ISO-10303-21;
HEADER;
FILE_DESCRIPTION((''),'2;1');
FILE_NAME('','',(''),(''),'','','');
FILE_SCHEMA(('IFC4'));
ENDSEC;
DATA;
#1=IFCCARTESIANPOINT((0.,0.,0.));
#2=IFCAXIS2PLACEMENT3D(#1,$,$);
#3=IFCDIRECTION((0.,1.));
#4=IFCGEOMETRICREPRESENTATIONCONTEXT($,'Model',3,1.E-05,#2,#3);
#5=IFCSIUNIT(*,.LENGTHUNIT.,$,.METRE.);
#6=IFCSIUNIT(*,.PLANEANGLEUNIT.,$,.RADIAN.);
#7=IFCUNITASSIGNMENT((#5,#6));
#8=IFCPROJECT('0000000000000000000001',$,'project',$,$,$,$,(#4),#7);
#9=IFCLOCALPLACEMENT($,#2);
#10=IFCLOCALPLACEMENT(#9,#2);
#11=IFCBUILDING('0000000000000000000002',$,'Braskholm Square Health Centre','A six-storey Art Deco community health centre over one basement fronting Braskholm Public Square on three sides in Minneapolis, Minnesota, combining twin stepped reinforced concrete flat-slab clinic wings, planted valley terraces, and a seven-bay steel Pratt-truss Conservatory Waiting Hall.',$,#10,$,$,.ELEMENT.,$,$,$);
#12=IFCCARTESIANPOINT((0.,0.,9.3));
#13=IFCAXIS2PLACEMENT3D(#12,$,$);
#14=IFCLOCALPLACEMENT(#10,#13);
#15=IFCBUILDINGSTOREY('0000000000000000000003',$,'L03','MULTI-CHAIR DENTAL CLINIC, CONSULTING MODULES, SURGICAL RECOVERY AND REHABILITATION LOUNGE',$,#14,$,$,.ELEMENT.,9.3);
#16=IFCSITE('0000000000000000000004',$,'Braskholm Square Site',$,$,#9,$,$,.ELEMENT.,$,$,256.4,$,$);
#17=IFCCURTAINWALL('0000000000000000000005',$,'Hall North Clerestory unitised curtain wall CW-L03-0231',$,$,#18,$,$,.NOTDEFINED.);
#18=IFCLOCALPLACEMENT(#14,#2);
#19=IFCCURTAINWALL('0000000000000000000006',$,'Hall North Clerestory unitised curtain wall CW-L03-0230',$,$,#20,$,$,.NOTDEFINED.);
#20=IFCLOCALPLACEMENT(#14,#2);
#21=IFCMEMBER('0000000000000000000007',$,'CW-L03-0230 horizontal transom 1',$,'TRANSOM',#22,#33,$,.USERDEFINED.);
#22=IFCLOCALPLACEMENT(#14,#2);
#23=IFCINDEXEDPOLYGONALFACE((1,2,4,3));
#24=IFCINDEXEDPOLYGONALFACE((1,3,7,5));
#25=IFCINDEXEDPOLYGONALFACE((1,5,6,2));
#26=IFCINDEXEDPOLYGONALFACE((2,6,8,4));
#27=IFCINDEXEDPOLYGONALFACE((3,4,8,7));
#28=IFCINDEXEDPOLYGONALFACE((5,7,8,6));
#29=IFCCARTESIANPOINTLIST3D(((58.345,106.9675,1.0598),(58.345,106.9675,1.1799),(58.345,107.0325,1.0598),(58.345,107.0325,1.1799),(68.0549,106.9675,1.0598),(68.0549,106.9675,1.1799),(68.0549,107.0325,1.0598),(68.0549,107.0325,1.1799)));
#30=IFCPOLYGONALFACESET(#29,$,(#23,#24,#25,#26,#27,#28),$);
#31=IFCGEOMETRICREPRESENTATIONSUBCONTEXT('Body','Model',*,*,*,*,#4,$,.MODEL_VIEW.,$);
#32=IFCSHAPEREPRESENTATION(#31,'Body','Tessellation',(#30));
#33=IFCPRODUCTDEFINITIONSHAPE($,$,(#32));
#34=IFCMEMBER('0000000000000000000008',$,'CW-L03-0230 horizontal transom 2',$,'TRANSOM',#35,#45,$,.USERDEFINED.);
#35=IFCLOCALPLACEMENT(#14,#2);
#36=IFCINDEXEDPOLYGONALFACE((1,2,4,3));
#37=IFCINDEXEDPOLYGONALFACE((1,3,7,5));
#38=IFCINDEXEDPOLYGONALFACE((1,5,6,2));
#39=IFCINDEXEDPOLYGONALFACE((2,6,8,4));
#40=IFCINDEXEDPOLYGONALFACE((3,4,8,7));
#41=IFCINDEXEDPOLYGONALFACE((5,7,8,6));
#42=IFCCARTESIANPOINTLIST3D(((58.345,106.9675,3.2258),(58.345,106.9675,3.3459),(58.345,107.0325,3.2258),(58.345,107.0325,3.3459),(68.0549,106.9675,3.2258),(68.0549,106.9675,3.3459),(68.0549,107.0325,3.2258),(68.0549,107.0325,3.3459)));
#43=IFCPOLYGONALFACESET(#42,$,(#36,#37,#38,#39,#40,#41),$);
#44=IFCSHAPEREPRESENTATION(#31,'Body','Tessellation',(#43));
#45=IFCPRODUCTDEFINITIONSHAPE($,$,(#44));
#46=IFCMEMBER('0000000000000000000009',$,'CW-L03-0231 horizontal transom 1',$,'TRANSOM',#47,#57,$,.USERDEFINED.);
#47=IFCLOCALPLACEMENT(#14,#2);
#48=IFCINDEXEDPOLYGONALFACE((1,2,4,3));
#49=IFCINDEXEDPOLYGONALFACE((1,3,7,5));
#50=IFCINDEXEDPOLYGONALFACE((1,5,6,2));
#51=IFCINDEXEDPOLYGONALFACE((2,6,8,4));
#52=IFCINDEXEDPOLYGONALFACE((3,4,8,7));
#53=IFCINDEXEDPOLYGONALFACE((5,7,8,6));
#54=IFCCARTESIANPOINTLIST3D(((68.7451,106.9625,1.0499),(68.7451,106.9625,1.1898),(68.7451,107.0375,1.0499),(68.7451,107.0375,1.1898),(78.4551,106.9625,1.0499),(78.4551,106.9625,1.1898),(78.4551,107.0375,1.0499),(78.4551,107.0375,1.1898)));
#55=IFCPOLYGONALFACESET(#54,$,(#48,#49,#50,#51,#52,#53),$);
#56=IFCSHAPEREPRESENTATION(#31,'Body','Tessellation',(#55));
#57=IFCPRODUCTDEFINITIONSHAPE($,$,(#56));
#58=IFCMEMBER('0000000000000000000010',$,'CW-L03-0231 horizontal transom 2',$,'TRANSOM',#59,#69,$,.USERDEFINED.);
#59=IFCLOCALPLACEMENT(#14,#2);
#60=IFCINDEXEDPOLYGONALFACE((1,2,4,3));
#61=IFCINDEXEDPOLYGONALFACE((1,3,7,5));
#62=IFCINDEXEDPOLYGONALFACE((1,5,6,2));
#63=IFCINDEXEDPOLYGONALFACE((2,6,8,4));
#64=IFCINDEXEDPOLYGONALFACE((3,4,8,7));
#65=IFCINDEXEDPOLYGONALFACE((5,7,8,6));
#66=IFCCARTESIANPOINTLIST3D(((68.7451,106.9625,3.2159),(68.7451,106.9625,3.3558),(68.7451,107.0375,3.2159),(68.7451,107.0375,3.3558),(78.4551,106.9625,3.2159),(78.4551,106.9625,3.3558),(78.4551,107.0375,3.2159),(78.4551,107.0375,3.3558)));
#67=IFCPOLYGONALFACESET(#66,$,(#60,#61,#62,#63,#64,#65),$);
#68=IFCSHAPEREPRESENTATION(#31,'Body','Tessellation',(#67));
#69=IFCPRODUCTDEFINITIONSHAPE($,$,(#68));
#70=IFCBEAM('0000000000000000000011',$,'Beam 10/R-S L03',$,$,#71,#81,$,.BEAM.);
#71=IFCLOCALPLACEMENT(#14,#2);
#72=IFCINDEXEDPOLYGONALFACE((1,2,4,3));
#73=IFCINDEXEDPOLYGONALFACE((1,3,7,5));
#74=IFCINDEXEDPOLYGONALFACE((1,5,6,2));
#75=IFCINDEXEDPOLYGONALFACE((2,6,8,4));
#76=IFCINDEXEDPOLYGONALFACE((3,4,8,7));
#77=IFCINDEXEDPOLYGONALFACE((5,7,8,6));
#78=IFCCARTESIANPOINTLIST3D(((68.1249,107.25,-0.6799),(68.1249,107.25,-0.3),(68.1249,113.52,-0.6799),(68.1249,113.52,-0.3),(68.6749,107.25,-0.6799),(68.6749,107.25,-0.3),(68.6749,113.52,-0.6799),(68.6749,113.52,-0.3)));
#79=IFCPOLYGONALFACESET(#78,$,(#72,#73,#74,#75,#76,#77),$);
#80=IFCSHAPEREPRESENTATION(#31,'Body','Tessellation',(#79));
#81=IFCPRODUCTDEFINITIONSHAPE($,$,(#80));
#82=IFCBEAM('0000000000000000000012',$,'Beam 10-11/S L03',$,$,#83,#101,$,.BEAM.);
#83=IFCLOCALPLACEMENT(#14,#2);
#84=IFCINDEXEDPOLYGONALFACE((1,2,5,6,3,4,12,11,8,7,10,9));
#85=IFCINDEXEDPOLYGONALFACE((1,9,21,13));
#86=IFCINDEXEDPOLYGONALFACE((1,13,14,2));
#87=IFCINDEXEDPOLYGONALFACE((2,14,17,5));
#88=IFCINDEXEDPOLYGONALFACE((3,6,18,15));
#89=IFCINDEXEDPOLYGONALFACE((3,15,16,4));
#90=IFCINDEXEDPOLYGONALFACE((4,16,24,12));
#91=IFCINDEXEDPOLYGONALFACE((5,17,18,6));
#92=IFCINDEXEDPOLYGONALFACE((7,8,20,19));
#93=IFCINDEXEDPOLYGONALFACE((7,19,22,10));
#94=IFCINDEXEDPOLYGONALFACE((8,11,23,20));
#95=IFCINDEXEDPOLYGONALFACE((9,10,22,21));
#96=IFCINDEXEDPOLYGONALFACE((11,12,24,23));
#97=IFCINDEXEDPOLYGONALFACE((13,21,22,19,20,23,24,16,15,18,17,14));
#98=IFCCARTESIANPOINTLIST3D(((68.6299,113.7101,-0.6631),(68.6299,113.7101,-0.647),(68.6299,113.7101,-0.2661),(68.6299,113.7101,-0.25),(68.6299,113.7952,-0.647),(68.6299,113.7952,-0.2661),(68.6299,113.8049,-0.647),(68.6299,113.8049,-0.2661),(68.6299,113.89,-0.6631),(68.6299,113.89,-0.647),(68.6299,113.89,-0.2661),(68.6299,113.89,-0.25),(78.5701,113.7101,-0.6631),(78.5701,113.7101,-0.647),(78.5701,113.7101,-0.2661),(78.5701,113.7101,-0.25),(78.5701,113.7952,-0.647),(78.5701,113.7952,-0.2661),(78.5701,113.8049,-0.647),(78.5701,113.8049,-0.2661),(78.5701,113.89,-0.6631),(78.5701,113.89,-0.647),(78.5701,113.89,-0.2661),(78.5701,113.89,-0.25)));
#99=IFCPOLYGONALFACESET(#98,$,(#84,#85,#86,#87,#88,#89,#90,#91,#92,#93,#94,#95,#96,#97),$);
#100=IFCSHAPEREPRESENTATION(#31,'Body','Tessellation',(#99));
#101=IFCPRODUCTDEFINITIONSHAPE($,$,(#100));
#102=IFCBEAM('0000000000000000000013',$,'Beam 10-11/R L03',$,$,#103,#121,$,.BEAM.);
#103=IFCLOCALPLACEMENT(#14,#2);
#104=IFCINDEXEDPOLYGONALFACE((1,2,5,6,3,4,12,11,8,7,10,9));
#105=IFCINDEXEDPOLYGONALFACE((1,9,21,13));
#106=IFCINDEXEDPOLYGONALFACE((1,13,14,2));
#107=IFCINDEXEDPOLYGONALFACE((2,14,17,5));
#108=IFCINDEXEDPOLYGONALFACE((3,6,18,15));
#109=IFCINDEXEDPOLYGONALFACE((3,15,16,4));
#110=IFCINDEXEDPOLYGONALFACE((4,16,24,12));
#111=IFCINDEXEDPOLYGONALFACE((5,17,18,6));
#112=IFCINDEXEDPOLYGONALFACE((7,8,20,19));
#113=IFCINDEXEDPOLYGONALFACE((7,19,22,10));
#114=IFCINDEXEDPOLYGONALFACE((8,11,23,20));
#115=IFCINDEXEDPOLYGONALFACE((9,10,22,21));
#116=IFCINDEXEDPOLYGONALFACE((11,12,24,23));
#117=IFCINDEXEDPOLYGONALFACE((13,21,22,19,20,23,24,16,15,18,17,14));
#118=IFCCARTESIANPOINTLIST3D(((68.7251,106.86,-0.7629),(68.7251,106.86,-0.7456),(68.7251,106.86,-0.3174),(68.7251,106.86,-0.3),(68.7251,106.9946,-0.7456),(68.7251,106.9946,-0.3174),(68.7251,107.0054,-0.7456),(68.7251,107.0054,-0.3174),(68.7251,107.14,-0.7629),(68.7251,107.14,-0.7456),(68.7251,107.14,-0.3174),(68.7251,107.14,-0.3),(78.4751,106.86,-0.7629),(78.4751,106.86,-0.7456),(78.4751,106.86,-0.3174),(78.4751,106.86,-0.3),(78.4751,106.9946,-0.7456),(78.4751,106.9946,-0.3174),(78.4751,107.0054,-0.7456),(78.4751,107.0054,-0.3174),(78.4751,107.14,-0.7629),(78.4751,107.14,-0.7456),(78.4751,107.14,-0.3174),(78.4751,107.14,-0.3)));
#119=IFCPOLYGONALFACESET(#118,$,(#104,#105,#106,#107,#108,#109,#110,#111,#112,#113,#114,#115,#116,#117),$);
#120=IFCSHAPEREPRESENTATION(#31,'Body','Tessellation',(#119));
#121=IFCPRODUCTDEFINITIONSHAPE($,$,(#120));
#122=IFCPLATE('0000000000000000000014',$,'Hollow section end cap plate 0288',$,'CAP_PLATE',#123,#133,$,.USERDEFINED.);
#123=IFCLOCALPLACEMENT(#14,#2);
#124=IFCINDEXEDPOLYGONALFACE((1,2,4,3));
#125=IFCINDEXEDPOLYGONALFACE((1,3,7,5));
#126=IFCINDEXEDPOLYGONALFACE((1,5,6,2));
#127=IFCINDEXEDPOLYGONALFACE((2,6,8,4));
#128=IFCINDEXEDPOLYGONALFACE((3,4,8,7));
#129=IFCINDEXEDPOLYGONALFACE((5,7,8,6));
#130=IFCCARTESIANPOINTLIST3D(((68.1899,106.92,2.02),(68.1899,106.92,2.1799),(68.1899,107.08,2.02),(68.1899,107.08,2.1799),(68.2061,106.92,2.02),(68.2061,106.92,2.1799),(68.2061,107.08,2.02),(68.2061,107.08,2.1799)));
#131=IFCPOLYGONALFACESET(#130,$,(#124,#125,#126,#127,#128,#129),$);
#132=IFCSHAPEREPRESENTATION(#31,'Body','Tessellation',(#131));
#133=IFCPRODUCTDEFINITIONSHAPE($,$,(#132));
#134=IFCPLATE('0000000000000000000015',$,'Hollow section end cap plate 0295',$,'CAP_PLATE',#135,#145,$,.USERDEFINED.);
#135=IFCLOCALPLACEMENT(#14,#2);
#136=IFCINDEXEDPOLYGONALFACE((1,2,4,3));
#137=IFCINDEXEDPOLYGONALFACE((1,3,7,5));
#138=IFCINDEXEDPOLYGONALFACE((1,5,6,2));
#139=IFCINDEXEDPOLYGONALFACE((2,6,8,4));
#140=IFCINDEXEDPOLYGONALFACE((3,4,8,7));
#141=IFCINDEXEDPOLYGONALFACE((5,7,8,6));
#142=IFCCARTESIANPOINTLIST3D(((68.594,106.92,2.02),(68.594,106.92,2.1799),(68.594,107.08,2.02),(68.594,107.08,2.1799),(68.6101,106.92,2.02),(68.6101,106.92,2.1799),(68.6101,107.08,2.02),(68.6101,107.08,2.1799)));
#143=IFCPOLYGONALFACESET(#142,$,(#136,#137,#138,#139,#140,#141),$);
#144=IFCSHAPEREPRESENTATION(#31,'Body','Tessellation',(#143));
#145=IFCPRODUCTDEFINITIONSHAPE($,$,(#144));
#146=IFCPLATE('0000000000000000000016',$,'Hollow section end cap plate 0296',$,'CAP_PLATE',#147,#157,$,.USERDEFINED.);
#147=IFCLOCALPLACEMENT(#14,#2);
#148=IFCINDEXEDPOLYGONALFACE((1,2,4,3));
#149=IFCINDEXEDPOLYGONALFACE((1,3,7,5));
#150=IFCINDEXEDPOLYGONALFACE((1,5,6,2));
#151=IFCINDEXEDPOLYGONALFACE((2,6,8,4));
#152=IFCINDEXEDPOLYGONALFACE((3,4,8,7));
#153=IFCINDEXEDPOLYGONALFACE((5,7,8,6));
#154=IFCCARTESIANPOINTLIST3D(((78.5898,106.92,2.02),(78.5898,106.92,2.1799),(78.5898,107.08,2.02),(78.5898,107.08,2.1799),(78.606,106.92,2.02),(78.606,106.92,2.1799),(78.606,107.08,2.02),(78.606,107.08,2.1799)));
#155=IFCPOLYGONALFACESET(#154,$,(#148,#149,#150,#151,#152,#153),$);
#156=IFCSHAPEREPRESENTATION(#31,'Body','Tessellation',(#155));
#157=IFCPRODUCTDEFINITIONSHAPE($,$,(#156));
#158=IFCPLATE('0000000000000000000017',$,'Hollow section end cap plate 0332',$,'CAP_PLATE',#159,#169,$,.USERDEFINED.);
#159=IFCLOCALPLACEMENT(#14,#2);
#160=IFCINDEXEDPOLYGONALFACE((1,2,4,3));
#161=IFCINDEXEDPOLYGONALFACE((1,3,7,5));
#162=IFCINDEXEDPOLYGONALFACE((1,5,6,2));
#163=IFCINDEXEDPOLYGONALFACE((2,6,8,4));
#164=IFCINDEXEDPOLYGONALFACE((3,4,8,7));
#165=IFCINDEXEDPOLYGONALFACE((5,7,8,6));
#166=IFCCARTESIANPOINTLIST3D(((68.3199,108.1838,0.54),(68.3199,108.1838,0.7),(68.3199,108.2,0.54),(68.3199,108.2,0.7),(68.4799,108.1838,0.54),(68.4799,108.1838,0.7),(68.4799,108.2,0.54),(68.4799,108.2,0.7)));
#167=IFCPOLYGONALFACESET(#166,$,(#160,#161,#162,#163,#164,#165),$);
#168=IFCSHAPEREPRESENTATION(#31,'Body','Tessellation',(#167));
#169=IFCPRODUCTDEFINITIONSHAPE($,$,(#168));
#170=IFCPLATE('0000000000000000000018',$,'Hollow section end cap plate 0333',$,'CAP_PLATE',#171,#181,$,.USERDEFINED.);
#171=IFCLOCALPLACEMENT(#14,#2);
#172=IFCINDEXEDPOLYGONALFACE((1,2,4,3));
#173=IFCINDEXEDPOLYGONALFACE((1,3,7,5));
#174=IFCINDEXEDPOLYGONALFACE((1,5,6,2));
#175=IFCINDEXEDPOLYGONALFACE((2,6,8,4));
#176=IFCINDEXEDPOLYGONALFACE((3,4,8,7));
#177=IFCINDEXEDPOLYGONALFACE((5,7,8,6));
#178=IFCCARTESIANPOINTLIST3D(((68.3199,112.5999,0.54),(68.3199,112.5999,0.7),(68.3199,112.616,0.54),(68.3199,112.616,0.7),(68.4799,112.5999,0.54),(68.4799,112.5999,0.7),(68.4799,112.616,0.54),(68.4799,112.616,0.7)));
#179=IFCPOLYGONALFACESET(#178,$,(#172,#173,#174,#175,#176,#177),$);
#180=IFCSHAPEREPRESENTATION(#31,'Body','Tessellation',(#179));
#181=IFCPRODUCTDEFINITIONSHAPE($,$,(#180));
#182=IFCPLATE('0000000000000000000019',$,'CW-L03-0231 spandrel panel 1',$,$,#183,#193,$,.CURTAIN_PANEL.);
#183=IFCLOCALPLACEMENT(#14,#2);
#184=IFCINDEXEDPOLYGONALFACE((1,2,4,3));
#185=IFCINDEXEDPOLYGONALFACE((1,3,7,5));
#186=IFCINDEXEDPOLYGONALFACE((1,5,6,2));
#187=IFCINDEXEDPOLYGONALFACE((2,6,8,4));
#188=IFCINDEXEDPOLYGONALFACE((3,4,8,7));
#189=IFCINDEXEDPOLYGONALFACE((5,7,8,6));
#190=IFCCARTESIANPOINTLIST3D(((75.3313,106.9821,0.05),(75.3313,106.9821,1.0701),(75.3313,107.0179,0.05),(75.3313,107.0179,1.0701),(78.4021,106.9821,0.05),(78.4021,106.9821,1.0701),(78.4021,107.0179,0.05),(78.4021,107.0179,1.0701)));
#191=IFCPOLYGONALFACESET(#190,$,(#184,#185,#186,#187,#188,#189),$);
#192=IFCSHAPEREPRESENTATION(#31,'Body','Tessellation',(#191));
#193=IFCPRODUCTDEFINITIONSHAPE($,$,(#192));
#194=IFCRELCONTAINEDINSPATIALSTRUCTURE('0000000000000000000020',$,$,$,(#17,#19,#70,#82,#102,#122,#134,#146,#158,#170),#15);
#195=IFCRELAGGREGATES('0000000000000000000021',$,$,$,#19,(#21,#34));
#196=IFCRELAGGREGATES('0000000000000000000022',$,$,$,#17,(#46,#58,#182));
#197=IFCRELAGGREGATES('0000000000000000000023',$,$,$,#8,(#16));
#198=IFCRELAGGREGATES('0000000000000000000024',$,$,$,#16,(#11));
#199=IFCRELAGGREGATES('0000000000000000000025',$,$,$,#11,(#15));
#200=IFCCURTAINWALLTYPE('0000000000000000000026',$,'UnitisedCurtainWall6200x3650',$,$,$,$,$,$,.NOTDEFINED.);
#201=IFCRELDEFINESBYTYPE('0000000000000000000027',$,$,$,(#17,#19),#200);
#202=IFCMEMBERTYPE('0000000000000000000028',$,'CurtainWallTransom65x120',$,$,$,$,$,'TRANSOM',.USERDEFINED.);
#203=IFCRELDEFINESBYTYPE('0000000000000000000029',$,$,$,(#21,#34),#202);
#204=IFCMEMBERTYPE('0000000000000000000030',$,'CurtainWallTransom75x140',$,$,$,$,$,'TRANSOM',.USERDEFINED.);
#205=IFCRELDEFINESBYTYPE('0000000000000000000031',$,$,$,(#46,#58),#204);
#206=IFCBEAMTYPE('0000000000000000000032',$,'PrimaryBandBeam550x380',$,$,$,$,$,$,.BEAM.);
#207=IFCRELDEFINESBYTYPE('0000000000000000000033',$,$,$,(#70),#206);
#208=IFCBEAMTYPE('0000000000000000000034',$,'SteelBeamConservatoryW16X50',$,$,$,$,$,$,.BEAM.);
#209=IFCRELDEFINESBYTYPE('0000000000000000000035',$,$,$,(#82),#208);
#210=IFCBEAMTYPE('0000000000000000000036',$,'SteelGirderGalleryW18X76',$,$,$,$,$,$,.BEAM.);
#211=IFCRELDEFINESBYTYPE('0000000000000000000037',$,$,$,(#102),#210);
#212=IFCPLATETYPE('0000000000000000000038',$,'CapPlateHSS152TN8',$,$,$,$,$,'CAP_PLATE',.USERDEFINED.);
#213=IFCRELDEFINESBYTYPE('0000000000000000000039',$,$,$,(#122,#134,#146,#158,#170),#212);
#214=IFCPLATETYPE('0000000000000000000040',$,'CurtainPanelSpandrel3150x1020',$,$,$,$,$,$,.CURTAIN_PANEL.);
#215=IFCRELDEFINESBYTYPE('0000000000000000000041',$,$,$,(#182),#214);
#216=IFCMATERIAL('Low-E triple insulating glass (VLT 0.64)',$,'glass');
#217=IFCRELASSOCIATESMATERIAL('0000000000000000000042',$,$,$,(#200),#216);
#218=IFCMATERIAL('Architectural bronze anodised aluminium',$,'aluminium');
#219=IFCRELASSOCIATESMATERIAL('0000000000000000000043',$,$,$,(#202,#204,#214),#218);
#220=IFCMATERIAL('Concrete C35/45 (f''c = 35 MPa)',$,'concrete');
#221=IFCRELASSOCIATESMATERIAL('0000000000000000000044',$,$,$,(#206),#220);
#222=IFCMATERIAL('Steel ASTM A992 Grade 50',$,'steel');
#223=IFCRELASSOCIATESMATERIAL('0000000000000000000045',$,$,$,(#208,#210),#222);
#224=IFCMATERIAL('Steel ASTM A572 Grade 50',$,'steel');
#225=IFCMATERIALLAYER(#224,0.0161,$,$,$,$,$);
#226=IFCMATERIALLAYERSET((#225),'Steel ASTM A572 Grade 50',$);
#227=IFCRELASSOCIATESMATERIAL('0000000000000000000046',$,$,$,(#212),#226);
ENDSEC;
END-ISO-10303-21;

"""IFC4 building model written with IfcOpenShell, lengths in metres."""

from ifc_helpers import new_model, si_unit, direction, frame, origin, origin_2d, place, context, subcontext, project, spatial, rectangle, i_section, extrude, material, layer, layer_set, material_profile, profile_set, type_object, element, aggregate, save


model = new_model("IFC4")

# Units and contexts
model_context = context("Model", 3, precision=1e-05, world=origin(), true_north=direction((0.0, 1.0)))
body_context = subcontext(model_context, "Body", "Model", "MODEL_VIEW")
ifc_project = project(units=[si_unit("LENGTHUNIT", "METRE"), si_unit("PLANEANGLEUNIT", "RADIAN")], contexts=[model_context])

# Site, building, storey
site_placement = place(None, origin())
site = spatial("IfcSite", under=ifc_project, at=site_placement, Name="Braskholm Square Site", CompositionType="ELEMENT", RefElevation=256.4)
building_placement = place(site_placement, origin())
building = spatial("IfcBuilding", under=site, at=building_placement, Name="Braskholm Square Health Centre", Description="A six-storey Art Deco community health centre over one basement fronting Braskholm Public Square on three sides in Minneapolis, Minnesota, combining twin stepped reinforced concrete flat-slab clinic wings, planted valley terraces, and a seven-bay steel Pratt-truss Conservatory Waiting Hall.", CompositionType="ELEMENT")
storey_placement = place(building_placement, frame((0.0, 0.0, 9.3)))
storey = spatial("IfcBuildingStorey", under=building, at=storey_placement, Name="L03", Description="MULTI-CHAIR DENTAL CLINIC, CONSULTING MODULES, SURGICAL RECOVERY AND REHABILITATION LOUNGE", CompositionType="ELEMENT", Elevation=9.3)

# Curtain walls, members
ifc_material_1 = material(Name="Low-E triple insulating glass (VLT 0.64)", Category="glass")
curtain_wall_type = type_object("IfcCurtainWallType", Name="UnitisedCurtainWall6200x3650", PredefinedType="NOTDEFINED", material=ifc_material_1)
curtain_wall_1_placement = place(storey_placement, origin())
curtain_wall_1 = element("IfcCurtainWall", 1, at=curtain_wall_1_placement, inside=storey, type_object=curtain_wall_type, Name="Hall North Clerestory unitised curtain wall CW-L03-0231", PredefinedType="NOTDEFINED")
ifc_material_2 = material(Name="Architectural bronze anodised aluminium", Category="aluminium")
curtain_wall_2_placement = place(storey_placement, origin())
curtain_wall_2 = element("IfcCurtainWall", 2, at=curtain_wall_2_placement, inside=storey, type_object=curtain_wall_type, Name="Hall North Clerestory unitised curtain wall CW-L03-0230", PredefinedType="NOTDEFINED")
ifc_material_profile_1 = material_profile(ifc_material_2, rectangle(XDim=0.0649, YDim=0.1201, at=origin_2d()), Name="ALU-65X120")
ifc_profile_set_1 = profile_set([ifc_material_profile_1], Name="Architectural bronze anodised aluminium")
member_type_1 = type_object("IfcMemberType", Name="CurtainWallTransom65x120", ElementType="TRANSOM", PredefinedType="USERDEFINED", material=ifc_profile_set_1)
member_1_placement = place(storey_placement, frame((68.0549, 107.0, 1.1199), z_axis=(-1.0, 0.0, 0.0), x_axis=(0.0, -1.0, 0.0)))
member_1 = element("IfcMember", 3, at=member_1_placement, type_object=member_type_1, Name="CW-L03-0230 horizontal transom 1", ObjectType="TRANSOM", PredefinedType="USERDEFINED", context=body_context, shape_type="SweptSolid", body=[
    extrude(rectangle(XDim=0.0649, YDim=0.1201, at=origin_2d()), origin(), (0.0, 0.0, 1.0), 9.71),
])
member_2_placement = place(storey_placement, frame((68.0549, 107.0, 3.2859), z_axis=(-1.0, 0.0, 0.0), x_axis=(0.0, -1.0, 0.0)))
member_2 = element("IfcMember", 4, at=member_2_placement, type_object=member_type_1, Name="CW-L03-0230 horizontal transom 2", ObjectType="TRANSOM", PredefinedType="USERDEFINED", context=body_context, shape_type="SweptSolid", body=[
    extrude(rectangle(XDim=0.0649, YDim=0.1201, at=origin_2d()), origin(), (0.0, 0.0, 1.0), 9.71),
])
aggregate(curtain_wall_2, [member_1, member_2])

# Members
ifc_material_profile_2 = material_profile(ifc_material_2, rectangle(XDim=0.075, YDim=0.1399, at=origin_2d()), Name="ALU-75X140")
ifc_profile_set_2 = profile_set([ifc_material_profile_2], Name="Architectural bronze anodised aluminium")
member_type_2 = type_object("IfcMemberType", Name="CurtainWallTransom75x140", ElementType="TRANSOM", PredefinedType="USERDEFINED", material=ifc_profile_set_2)
member_3_placement = place(storey_placement, frame((78.4551, 107.0, 1.1199), z_axis=(-1.0, 0.0, 0.0), x_axis=(0.0, -1.0, 0.0)))
member_3 = element("IfcMember", 5, at=member_3_placement, type_object=member_type_2, Name="CW-L03-0231 horizontal transom 1", ObjectType="TRANSOM", PredefinedType="USERDEFINED", context=body_context, shape_type="SweptSolid", body=[
    extrude(rectangle(XDim=0.075, YDim=0.1399, at=origin_2d()), origin(), (0.0, 0.0, 1.0), 9.71),
])
member_4_placement = place(storey_placement, frame((78.4551, 107.0, 3.2859), z_axis=(-1.0, 0.0, 0.0), x_axis=(0.0, -1.0, 0.0)))
member_4 = element("IfcMember", 6, at=member_4_placement, type_object=member_type_2, Name="CW-L03-0231 horizontal transom 2", ObjectType="TRANSOM", PredefinedType="USERDEFINED", context=body_context, shape_type="SweptSolid", body=[
    extrude(rectangle(XDim=0.075, YDim=0.1399, at=origin_2d()), origin(), (0.0, 0.0, 1.0), 9.71),
])

# Beams
ifc_material_3 = material(Name="Concrete C35/45 (f'c = 35 MPa)", Category="concrete")
ifc_material_profile_3 = material_profile(ifc_material_3, rectangle(XDim=0.55, YDim=0.3799, at=origin_2d()), Name="RCB-550X380")
ifc_profile_set_3 = profile_set([ifc_material_profile_3], Name="Concrete C35/45 (f'c = 35 MPa)")
beam_type_1 = type_object("IfcBeamType", Name="PrimaryBandBeam550x380", PredefinedType="BEAM", material=ifc_profile_set_3)
beam_1_placement = place(storey_placement, frame((68.3999, 107.25, -0.49), z_axis=(0.0, 1.0, 0.0), x_axis=(-1.0, 0.0, 0.0)))
element("IfcBeam", 7, at=beam_1_placement, inside=storey, type_object=beam_type_1, Name="Beam 10/R-S L03", PredefinedType="BEAM", context=body_context, shape_type="SweptSolid", body=[
    extrude(rectangle(XDim=0.55, YDim=0.3799, at=origin_2d()), origin(), (0.0, 0.0, 1.0), 6.27),
])
ifc_material_4 = material(Name="Steel ASTM A992 Grade 50", Category="steel")
ifc_material_profile_4 = material_profile(ifc_material_4, i_section(OverallWidth=0.1799, OverallDepth=0.4131, WebThickness=0.0098, FlangeThickness=0.0161, at=origin_2d()), Name="W16X50")
ifc_profile_set_4 = profile_set([ifc_material_profile_4], Name="Steel ASTM A992 Grade 50")
beam_type_2 = type_object("IfcBeamType", Name="SteelBeamConservatoryW16X50", PredefinedType="BEAM", material=ifc_profile_set_4)
beam_2_placement = place(storey_placement, frame((68.6299, 113.8, -0.4565), z_axis=(1.0, 0.0, 0.0), x_axis=(0.0, 1.0, 0.0)))
element("IfcBeam", 8, at=beam_2_placement, inside=storey, type_object=beam_type_2, Name="Beam 10-11/S L03", PredefinedType="BEAM", context=body_context, shape_type="SweptSolid", body=[
    extrude(i_section(OverallWidth=0.1799, OverallDepth=0.4131, WebThickness=0.0098, FlangeThickness=0.0161, at=origin_2d()), origin(), (0.0, 0.0, 1.0), 9.9402),
])
ifc_material_profile_5 = material_profile(ifc_material_4, i_section(OverallWidth=0.28, OverallDepth=0.4629, WebThickness=0.0107, FlangeThickness=0.0173, at=origin_2d()), Name="W18X76")
ifc_profile_set_5 = profile_set([ifc_material_profile_5], Name="Steel ASTM A992 Grade 50")
beam_type_3 = type_object("IfcBeamType", Name="SteelGirderGalleryW18X76", PredefinedType="BEAM", material=ifc_profile_set_5)
beam_3_placement = place(storey_placement, frame((68.7251, 107.0, -0.5315), z_axis=(1.0, 0.0, 0.0), x_axis=(0.0, 1.0, 0.0)))
element("IfcBeam", 9, at=beam_3_placement, inside=storey, type_object=beam_type_3, Name="Beam 10-11/R L03", PredefinedType="BEAM", context=body_context, shape_type="SweptSolid", body=[
    extrude(i_section(OverallWidth=0.28, OverallDepth=0.4629, WebThickness=0.0107, FlangeThickness=0.0173, at=origin_2d()), origin(), (0.0, 0.0, 1.0), 9.75),
])

# Plates
ifc_material_5 = material(Name="Steel ASTM A572 Grade 50", Category="steel")
ifc_layer_1 = layer(ifc_material_5, 0.0161)
ifc_layer_set_1 = layer_set([ifc_layer_1], Name="Steel ASTM A572 Grade 50")
plate_type_1 = type_object("IfcPlateType", Name="CapPlateHSS152TN8", ElementType="CAP_PLATE", PredefinedType="USERDEFINED", material=ifc_layer_set_1)
for number, where, z_axis, x_axis, name in (
    (10, (68.198, 107.0, 2.02), (0.0, 0.0, 1.0), (1.0, 0.0, 0.0), "Hollow section end cap plate 0288"),
    (11, (68.6021, 107.0, 2.02), (0.0, 0.0, 1.0), (1.0, 0.0, 0.0), "Hollow section end cap plate 0295"),
    (12, (78.5979, 107.0, 2.02), (0.0, 0.0, 1.0), (1.0, 0.0, 0.0), "Hollow section end cap plate 0296"),
    (13, (68.3999, 108.1919, 0.54), (0.0, 0.0, 1.0), (0.0, 1.0, 0.0), "Hollow section end cap plate 0332"),
    (14, (68.3999, 112.6079, 0.54), (0.0, 0.0, 1.0), (0.0, 1.0, 0.0), "Hollow section end cap plate 0333"),
):
    element("IfcPlate", number, at=place(storey_placement, frame(where, z_axis=z_axis, x_axis=x_axis)), inside=storey, type_object=plate_type_1, Name=name, ObjectType="CAP_PLATE", PredefinedType="USERDEFINED", context=body_context, shape_type="SweptSolid", body=[
        extrude(rectangle(XDim=0.0161, YDim=0.1599, at=origin_2d()), origin(), (0.0, 0.0, 1.0), 0.1599),
    ])

# Plate
plate_type_2 = type_object("IfcPlateType", Name="CurtainPanelSpandrel3150x1020", PredefinedType="CURTAIN_PANEL", material=ifc_material_2)
plate_1_placement = place(storey_placement, frame((76.8667, 107.0, 0.05), z_axis=(0.0, 0.0, 1.0), x_axis=(-1.0, 0.0, 0.0)))
plate_1 = element("IfcPlate", 15, at=plate_1_placement, type_object=plate_type_2, Name="CW-L03-0231 spandrel panel 1", PredefinedType="CURTAIN_PANEL", context=body_context, shape_type="SweptSolid", body=[
    extrude(rectangle(XDim=3.0708, YDim=0.0359, at=origin_2d()), origin(), (0.0, 0.0, 1.0), 1.02),
])
aggregate(curtain_wall_1, [member_3, member_4, plate_1])

save(model, "model.ifc")
